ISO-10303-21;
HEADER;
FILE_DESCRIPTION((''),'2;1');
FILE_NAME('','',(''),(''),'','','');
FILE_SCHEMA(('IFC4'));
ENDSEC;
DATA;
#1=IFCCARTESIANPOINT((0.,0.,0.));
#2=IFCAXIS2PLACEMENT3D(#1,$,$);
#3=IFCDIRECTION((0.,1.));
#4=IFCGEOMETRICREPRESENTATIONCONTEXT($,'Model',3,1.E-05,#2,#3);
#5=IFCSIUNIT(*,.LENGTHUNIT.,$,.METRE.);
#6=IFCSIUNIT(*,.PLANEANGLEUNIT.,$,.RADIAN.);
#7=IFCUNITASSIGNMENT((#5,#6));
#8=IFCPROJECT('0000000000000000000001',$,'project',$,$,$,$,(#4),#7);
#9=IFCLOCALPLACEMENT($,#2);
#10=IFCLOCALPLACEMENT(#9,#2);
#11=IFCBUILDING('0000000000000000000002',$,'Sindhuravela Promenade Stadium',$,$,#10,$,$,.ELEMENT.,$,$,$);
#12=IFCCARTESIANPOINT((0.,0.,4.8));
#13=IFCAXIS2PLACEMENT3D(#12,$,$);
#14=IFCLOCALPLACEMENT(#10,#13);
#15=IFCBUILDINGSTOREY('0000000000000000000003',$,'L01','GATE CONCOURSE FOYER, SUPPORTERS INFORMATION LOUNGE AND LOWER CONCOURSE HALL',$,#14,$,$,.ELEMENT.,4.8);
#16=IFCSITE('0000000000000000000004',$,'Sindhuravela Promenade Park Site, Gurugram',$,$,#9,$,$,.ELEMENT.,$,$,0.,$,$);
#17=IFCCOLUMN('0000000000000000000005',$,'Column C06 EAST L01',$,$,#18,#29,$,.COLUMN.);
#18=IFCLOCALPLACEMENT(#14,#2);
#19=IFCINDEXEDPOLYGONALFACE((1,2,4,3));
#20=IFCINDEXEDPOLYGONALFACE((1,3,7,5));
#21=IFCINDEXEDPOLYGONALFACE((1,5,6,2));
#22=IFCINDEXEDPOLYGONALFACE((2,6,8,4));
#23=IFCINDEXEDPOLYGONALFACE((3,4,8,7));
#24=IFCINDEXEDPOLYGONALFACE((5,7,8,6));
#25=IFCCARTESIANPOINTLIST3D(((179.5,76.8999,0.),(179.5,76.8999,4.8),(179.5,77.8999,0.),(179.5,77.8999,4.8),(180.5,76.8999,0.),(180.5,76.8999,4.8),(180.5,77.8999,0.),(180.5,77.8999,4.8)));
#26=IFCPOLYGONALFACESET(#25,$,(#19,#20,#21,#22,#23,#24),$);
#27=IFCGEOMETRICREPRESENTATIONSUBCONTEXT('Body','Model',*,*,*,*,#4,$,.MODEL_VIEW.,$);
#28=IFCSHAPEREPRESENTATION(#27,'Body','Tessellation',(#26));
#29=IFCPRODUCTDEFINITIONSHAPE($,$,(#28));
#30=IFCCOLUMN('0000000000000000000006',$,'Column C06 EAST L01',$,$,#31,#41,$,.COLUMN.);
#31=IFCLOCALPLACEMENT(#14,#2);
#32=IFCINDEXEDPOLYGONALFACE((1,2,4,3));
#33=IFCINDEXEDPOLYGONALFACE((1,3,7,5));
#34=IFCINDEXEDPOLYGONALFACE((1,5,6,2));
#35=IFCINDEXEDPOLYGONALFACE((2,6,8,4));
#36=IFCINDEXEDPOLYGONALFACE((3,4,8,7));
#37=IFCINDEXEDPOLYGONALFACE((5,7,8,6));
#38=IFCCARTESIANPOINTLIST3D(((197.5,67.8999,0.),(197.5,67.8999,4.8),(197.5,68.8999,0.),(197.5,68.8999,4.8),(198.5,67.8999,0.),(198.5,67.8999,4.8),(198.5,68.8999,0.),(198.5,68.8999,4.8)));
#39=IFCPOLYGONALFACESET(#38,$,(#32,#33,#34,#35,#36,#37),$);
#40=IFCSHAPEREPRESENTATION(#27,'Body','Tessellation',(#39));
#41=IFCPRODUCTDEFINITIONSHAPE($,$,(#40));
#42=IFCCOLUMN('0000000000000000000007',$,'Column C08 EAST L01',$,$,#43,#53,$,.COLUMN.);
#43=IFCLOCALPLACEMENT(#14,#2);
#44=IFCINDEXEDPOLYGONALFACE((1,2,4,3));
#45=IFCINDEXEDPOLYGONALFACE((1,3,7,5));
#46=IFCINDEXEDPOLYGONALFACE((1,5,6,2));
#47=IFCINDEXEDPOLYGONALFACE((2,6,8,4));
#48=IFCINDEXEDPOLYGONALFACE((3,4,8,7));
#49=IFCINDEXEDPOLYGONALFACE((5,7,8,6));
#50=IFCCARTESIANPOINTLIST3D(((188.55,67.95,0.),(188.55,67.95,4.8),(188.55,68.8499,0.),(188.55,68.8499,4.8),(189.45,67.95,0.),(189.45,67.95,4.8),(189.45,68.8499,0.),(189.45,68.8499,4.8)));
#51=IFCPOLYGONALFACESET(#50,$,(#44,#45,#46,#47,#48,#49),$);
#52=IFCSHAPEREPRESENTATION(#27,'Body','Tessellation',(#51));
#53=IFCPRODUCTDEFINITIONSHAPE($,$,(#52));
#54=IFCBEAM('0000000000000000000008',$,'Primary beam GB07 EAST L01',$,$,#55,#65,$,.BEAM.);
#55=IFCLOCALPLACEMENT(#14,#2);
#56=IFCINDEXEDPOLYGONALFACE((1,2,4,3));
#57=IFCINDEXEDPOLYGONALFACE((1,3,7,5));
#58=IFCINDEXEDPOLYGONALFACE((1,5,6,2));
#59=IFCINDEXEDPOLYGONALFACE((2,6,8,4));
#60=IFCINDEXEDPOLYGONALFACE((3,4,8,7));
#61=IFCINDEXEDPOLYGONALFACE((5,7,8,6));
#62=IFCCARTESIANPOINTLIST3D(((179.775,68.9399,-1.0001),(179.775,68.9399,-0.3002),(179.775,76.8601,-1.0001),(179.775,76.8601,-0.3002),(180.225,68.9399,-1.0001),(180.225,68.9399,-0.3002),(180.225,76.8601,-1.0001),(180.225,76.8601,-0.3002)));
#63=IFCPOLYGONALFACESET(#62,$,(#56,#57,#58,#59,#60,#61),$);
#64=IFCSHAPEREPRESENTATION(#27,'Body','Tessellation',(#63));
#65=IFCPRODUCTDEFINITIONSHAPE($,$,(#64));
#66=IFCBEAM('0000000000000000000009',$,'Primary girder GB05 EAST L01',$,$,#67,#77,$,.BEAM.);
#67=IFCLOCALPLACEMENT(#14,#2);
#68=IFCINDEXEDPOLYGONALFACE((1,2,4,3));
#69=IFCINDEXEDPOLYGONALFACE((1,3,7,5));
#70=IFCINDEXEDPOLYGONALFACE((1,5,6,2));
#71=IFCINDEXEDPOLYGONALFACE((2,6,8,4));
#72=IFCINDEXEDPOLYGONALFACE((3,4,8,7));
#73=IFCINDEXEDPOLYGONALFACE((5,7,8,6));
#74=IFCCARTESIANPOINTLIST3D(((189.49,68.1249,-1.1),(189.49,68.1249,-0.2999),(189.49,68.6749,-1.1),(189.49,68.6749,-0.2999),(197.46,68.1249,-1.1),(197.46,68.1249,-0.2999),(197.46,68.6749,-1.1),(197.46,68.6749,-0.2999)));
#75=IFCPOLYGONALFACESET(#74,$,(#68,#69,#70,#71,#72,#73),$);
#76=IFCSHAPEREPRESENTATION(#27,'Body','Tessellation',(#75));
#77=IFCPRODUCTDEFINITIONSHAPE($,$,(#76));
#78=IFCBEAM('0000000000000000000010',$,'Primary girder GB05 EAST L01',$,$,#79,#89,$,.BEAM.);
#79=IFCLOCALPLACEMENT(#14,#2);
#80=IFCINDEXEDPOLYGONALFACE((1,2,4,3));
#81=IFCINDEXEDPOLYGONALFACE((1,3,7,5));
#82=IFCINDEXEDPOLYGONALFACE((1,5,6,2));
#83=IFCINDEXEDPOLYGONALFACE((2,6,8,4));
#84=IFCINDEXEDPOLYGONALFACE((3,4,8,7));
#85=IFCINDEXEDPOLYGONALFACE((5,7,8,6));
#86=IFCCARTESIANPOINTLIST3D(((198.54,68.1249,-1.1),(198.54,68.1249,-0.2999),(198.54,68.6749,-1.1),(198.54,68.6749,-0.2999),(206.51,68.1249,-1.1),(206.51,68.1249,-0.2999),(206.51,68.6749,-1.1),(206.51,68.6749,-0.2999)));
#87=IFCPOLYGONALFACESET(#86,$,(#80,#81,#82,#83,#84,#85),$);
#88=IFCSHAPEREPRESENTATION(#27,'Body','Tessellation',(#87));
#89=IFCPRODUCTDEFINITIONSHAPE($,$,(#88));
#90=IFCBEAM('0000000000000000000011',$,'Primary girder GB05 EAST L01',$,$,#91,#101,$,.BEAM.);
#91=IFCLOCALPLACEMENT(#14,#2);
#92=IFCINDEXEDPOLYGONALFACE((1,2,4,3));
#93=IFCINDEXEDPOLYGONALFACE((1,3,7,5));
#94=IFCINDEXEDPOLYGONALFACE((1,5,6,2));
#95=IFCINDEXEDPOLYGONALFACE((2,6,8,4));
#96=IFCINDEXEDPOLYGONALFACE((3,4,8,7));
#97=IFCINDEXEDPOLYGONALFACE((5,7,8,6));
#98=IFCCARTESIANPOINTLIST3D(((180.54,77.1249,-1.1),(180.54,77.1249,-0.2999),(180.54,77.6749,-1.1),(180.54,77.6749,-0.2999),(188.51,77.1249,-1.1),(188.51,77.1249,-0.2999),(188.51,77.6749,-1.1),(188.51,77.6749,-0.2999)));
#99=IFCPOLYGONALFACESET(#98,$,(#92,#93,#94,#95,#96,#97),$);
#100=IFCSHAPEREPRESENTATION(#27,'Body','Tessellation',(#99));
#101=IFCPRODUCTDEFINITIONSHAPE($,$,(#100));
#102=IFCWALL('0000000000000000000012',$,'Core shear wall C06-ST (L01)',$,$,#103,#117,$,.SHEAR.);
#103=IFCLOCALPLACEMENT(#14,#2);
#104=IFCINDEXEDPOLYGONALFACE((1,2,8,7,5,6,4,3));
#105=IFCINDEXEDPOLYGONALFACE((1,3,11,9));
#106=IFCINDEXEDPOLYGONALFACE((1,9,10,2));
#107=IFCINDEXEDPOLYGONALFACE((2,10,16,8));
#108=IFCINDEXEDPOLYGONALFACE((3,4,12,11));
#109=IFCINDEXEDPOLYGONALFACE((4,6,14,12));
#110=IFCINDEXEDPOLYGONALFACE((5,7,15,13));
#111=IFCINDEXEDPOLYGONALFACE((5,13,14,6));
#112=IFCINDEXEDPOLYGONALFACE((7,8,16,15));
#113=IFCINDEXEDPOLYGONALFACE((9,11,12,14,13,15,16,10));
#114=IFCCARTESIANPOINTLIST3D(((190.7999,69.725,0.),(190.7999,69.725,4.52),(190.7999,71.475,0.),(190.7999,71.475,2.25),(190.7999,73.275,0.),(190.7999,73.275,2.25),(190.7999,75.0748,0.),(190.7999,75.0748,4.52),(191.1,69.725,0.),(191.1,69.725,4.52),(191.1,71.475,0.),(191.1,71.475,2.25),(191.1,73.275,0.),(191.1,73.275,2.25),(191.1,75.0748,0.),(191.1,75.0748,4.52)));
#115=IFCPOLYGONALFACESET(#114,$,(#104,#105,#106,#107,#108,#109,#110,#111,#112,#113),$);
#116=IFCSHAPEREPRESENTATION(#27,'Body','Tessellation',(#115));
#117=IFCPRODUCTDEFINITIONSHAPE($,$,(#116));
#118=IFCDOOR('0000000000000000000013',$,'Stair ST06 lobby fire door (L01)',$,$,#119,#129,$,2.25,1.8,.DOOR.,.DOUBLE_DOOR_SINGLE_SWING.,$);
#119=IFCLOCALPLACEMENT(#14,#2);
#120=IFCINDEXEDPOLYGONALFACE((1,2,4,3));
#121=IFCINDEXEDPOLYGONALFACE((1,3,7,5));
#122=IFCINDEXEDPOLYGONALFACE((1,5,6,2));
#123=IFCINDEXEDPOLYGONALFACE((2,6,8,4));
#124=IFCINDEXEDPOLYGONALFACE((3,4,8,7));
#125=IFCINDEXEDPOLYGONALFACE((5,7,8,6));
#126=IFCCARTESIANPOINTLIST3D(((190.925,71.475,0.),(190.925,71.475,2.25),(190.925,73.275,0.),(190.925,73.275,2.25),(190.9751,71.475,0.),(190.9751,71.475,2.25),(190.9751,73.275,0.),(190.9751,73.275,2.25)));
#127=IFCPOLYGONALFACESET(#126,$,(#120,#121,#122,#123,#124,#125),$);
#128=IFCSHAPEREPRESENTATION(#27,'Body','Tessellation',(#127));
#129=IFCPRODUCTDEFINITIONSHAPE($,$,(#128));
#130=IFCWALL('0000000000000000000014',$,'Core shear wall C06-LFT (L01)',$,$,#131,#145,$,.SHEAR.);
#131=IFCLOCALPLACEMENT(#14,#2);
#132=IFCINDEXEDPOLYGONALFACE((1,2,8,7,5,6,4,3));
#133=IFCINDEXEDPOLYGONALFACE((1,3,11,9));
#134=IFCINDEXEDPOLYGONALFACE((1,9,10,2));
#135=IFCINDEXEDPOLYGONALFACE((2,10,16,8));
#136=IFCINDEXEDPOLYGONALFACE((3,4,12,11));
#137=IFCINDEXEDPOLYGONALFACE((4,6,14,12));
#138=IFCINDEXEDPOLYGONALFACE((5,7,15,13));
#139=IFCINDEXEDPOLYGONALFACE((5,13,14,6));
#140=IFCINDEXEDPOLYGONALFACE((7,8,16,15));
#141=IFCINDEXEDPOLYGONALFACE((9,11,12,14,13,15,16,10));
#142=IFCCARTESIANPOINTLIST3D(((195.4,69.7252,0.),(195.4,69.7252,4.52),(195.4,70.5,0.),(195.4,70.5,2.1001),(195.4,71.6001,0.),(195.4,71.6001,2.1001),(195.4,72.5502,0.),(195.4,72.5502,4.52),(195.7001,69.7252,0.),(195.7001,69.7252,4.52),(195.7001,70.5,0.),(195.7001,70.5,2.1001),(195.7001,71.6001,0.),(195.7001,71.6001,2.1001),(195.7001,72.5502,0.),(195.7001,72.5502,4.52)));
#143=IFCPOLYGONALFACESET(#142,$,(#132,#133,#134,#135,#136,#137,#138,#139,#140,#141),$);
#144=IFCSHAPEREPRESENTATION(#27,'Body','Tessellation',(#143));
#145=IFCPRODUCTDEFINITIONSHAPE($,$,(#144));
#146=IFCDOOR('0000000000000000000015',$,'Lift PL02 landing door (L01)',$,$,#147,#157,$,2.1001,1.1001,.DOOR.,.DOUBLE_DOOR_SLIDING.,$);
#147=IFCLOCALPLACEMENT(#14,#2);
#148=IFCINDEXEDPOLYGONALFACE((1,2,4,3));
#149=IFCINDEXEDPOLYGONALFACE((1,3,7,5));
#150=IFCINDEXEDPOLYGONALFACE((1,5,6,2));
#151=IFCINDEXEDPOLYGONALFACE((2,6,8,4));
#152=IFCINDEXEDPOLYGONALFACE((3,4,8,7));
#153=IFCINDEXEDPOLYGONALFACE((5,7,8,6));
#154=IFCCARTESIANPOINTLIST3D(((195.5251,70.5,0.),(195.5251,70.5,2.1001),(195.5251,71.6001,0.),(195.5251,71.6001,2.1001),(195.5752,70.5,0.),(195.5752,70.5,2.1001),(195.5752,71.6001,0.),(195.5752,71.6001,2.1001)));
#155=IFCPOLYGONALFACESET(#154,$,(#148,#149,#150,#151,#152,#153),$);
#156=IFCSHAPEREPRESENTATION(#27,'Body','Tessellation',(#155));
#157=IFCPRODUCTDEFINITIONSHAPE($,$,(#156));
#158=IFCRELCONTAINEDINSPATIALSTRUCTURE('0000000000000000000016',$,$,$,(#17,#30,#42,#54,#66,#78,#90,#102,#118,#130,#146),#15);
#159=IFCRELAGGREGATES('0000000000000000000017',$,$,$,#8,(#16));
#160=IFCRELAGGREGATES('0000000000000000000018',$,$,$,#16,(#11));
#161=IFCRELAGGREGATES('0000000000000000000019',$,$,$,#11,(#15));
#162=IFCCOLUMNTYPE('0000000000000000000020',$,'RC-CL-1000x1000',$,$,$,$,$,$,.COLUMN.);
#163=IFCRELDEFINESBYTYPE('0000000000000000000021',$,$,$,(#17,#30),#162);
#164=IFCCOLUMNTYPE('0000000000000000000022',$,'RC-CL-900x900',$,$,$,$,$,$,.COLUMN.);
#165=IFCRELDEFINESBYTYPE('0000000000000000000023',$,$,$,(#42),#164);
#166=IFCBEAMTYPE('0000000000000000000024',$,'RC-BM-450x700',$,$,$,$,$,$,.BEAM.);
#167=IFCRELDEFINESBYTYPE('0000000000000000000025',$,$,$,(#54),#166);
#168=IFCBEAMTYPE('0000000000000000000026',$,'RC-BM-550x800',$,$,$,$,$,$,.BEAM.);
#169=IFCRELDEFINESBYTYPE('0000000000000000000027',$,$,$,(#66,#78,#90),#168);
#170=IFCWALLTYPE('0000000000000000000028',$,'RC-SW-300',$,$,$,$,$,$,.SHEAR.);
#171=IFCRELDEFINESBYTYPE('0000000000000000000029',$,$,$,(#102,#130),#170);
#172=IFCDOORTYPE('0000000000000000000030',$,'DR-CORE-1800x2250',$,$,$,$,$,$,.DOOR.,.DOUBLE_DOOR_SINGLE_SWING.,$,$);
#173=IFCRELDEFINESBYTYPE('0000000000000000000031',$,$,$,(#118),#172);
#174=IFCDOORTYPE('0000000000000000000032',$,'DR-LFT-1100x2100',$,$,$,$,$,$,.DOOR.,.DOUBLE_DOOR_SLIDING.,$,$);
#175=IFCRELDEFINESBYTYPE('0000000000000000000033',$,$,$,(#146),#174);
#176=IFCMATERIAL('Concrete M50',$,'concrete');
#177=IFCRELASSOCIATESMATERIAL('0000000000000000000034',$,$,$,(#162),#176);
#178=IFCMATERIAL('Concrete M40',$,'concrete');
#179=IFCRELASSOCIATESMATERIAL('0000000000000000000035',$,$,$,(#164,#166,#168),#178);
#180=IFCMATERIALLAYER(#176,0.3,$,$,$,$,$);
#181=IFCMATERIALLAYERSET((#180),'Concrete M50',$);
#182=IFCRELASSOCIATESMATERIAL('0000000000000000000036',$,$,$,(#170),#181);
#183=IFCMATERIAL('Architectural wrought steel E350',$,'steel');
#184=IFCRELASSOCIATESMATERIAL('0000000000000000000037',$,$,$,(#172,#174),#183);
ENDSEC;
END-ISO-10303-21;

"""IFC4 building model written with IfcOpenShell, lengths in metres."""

from ifc_helpers import new_model, si_unit, direction, frame, frame_2d, origin, origin_2d, place, context, subcontext, project, spatial, rectangle, extrude, material, layer, layer_set, material_profile, profile_set, type_object, element, fill, save


model = new_model("IFC4")

# Units and contexts
model_context = context("Model", 3, precision=1e-05, world=origin(), true_north=direction((0.0, 1.0)))
body_context = subcontext(model_context, "Body", "Model", "MODEL_VIEW")
ifc_project = project(units=[si_unit("LENGTHUNIT", "METRE"), si_unit("PLANEANGLEUNIT", "RADIAN")], contexts=[model_context])

# Site, building, storey
site_placement = place(None, origin())
site = spatial("IfcSite", under=ifc_project, at=site_placement, Name="Sindhuravela Promenade Park Site, Gurugram", CompositionType="ELEMENT", RefElevation=0.0)
building_placement = place(site_placement, origin())
building = spatial("IfcBuilding", under=site, at=building_placement, Name="Sindhuravela Promenade Stadium", CompositionType="ELEMENT")
storey_placement = place(building_placement, frame((0.0, 0.0, 4.8)))
storey = spatial("IfcBuildingStorey", under=building, at=storey_placement, Name="L01", Description="GATE CONCOURSE FOYER, SUPPORTERS INFORMATION LOUNGE AND LOWER CONCOURSE HALL", CompositionType="ELEMENT", Elevation=4.8)

# Columns
ifc_material_1 = material(Name="Concrete M50", Category="concrete")
ifc_material_profile_1 = material_profile(ifc_material_1, rectangle(XDim=1.0, YDim=1.0, at=origin_2d()), Name="RC 1000x1000")
ifc_profile_set_1 = profile_set([ifc_material_profile_1], Name="Concrete M50")
column_type_1 = type_object("IfcColumnType", Name="RC-CL-1000x1000", PredefinedType="COLUMN", material=ifc_profile_set_1)
for number, where, z_axis, x_axis, name in (
    (1, (180.0, 77.3999, 0.0), (0.0, 0.0, 1.0), (1.0, 0.0, 0.0), "Column C06 EAST L01"),
    (2, (198.0, 68.3999, 0.0), (0.0, 0.0, 1.0), (1.0, 0.0, 0.0), "Column C06 EAST L01"),
):
    element("IfcColumn", number, at=place(storey_placement, frame(where, z_axis=z_axis, x_axis=x_axis)), inside=storey, type_object=column_type_1, Name=name, PredefinedType="COLUMN", context=body_context, shape_type="SweptSolid", body=[
        extrude(rectangle(XDim=1.0, YDim=1.0, at=origin_2d()), origin(), (0.0, 0.0, 1.0), 4.8),
    ])
ifc_material_2 = material(Name="Concrete M40", Category="concrete")
ifc_material_profile_2 = material_profile(ifc_material_2, rectangle(XDim=0.8999, YDim=0.8999, at=origin_2d()), Name="RC 900x900")
ifc_profile_set_2 = profile_set([ifc_material_profile_2], Name="Concrete M40")
column_type_2 = type_object("IfcColumnType", Name="RC-CL-900x900", PredefinedType="COLUMN", material=ifc_profile_set_2)
column_placement = place(storey_placement, frame((189.0, 68.3999, 0.0), z_axis=(0.0, 0.0, 1.0), x_axis=(1.0, 0.0, 0.0)))
element("IfcColumn", 3, at=column_placement, inside=storey, type_object=column_type_2, Name="Column C08 EAST L01", PredefinedType="COLUMN", context=body_context, shape_type="SweptSolid", body=[
    extrude(rectangle(XDim=0.8999, YDim=0.8999, at=origin_2d()), origin(), (0.0, 0.0, 1.0), 4.8),
])

# Beams
ifc_material_profile_3 = material_profile(ifc_material_2, rectangle(XDim=0.45, YDim=0.7, at=origin_2d()), Name="RC 450x700")
ifc_profile_set_3 = profile_set([ifc_material_profile_3], Name="Concrete M40")
beam_type_1 = type_object("IfcBeamType", Name="RC-BM-450x700", PredefinedType="BEAM", material=ifc_profile_set_3)
beam_placement = place(storey_placement, frame((180.0, 68.9399, -0.6501), z_axis=(0.0, 1.0, 0.0), x_axis=(-1.0, 0.0, 0.0)))
element("IfcBeam", 4, at=beam_placement, inside=storey, type_object=beam_type_1, Name="Primary beam GB07 EAST L01", PredefinedType="BEAM", context=body_context, shape_type="SweptSolid", body=[
    extrude(rectangle(XDim=0.45, YDim=0.7, at=origin_2d()), origin(), (0.0, 0.0, 1.0), 7.9202),
])
ifc_material_profile_4 = material_profile(ifc_material_2, rectangle(XDim=0.55, YDim=0.8, at=origin_2d()), Name="RC 550x800")
ifc_profile_set_4 = profile_set([ifc_material_profile_4], Name="Concrete M40")
beam_type_2 = type_object("IfcBeamType", Name="RC-BM-550x800", PredefinedType="BEAM", material=ifc_profile_set_4)
for number, where, z_axis, x_axis, name in (
    (5, (189.49, 68.3999, -0.7), (1.0, 0.0, 0.0), (0.0, 1.0, 0.0), "Primary girder GB05 EAST L01"),
    (6, (198.54, 68.3999, -0.7), (1.0, 0.0, 0.0), (0.0, 1.0, 0.0), "Primary girder GB05 EAST L01"),
    (7, (180.54, 77.3999, -0.7), (1.0, 0.0, 0.0), (0.0, 1.0, 0.0), "Primary girder GB05 EAST L01"),
):
    element("IfcBeam", number, at=place(storey_placement, frame(where, z_axis=z_axis, x_axis=x_axis)), inside=storey, type_object=beam_type_2, Name=name, PredefinedType="BEAM", context=body_context, shape_type="SweptSolid", body=[
        extrude(rectangle(XDim=0.55, YDim=0.8, at=origin_2d()), origin(), (0.0, 0.0, 1.0), 7.97),
    ])

# Walls, openings, doors
ifc_layer_1 = layer(ifc_material_1, 0.3)
ifc_layer_set_1 = layer_set([ifc_layer_1], Name="Concrete M50")
wall_type_1 = type_object("IfcWallType", Name="RC-SW-300", PredefinedType="SHEAR", material=ifc_layer_set_1)
wall_1_placement = place(storey_placement, frame((190.95, 69.7251, 0.0), z_axis=(0.0, 0.0, 1.0), x_axis=(0.0, 1.0, 0.0)))
wall_1 = element("IfcWall", 8, at=wall_1_placement, inside=storey, type_object=wall_type_1, Name="Core shear wall C06-ST (L01)", PredefinedType="SHEAR", context=body_context, shape_type="SweptSolid", body=[
    extrude(rectangle(XDim=5.3499, YDim=0.3, at=frame_2d((2.6748, 0.0))), origin(), (0.0, 0.0, 1.0), 4.52),
])
opening_1_placement = place(wall_1_placement, frame((1.75, 0.0, 0.0)))
opening_1 = element("IfcOpeningElement", 9, at=opening_1_placement, cuts=wall_1, PredefinedType="OPENING", context=body_context, shape_type="SweptSolid", body=[
    extrude(rectangle(XDim=1.8, YDim=2.25, at=frame_2d((0.8999, 1.125))), frame((0.0, 0.1599, 0.0), z_axis=(0.0, -1.0, 0.0), x_axis=(1.0, 0.0, 0.0)), (0.0, 0.0, 1.0), 0.3201),
])
ifc_material_3 = material(Name="Architectural wrought steel E350", Category="steel")
door_type_1 = type_object("IfcDoorType", Name="DR-CORE-1800x2250", OperationType="DOUBLE_DOOR_SINGLE_SWING", PredefinedType="DOOR", material=ifc_material_3)
door_1_placement = place(opening_1_placement, origin())
door_1 = element("IfcDoor", 10, at=door_1_placement, inside=storey, type_object=door_type_1, Name="Stair ST06 lobby fire door (L01)", OperationType="DOUBLE_DOOR_SINGLE_SWING", OverallHeight=2.25, OverallWidth=1.8, PredefinedType="DOOR", context=body_context, shape_type="SweptSolid", body=[
    extrude(rectangle(XDim=1.8, YDim=2.25, at=frame_2d((0.8999, 1.125))), frame((0.0, 0.0249, 0.0), z_axis=(0.0, -1.0, 0.0), x_axis=(1.0, 0.0, 0.0)), (0.0, 0.0, 1.0), 0.05),
])
fill(opening_1, door_1)
wall_2_placement = place(storey_placement, frame((195.55, 69.7251, 0.0), z_axis=(0.0, 0.0, 1.0), x_axis=(0.0, 1.0, 0.0)))
wall_2 = element("IfcWall", 11, at=wall_2_placement, inside=storey, type_object=wall_type_1, Name="Core shear wall C06-LFT (L01)", PredefinedType="SHEAR", context=body_context, shape_type="SweptSolid", body=[
    extrude(rectangle(XDim=2.825, YDim=0.3, at=frame_2d((1.4126, 0.0))), origin(), (0.0, 0.0, 1.0), 4.52),
])
opening_2_placement = place(wall_2_placement, frame((0.7749, 0.0, 0.0)))
opening_2 = element("IfcOpeningElement", 12, at=opening_2_placement, cuts=wall_2, PredefinedType="OPENING", context=body_context, shape_type="SweptSolid", body=[
    extrude(rectangle(XDim=1.1001, YDim=2.1001, at=frame_2d((0.55, 1.05))), frame((0.0, 0.1599, 0.0), z_axis=(0.0, -1.0, 0.0), x_axis=(1.0, 0.0, 0.0)), (0.0, 0.0, 1.0), 0.3201),
])
door_type_2 = type_object("IfcDoorType", Name="DR-LFT-1100x2100", OperationType="DOUBLE_DOOR_SLIDING", PredefinedType="DOOR", material=ifc_material_3)
door_2_placement = place(opening_2_placement, origin())
door_2 = element("IfcDoor", 13, at=door_2_placement, inside=storey, type_object=door_type_2, Name="Lift PL02 landing door (L01)", OperationType="DOUBLE_DOOR_SLIDING", OverallHeight=2.1001, OverallWidth=1.1001, PredefinedType="DOOR", context=body_context, shape_type="SweptSolid", body=[
    extrude(rectangle(XDim=1.1001, YDim=2.1001, at=frame_2d((0.55, 1.05))), frame((0.0, 0.0249, 0.0), z_axis=(0.0, -1.0, 0.0), x_axis=(1.0, 0.0, 0.0)), (0.0, 0.0, 1.0), 0.05),
])
fill(opening_2, door_2)

save(model, "model.ifc")
